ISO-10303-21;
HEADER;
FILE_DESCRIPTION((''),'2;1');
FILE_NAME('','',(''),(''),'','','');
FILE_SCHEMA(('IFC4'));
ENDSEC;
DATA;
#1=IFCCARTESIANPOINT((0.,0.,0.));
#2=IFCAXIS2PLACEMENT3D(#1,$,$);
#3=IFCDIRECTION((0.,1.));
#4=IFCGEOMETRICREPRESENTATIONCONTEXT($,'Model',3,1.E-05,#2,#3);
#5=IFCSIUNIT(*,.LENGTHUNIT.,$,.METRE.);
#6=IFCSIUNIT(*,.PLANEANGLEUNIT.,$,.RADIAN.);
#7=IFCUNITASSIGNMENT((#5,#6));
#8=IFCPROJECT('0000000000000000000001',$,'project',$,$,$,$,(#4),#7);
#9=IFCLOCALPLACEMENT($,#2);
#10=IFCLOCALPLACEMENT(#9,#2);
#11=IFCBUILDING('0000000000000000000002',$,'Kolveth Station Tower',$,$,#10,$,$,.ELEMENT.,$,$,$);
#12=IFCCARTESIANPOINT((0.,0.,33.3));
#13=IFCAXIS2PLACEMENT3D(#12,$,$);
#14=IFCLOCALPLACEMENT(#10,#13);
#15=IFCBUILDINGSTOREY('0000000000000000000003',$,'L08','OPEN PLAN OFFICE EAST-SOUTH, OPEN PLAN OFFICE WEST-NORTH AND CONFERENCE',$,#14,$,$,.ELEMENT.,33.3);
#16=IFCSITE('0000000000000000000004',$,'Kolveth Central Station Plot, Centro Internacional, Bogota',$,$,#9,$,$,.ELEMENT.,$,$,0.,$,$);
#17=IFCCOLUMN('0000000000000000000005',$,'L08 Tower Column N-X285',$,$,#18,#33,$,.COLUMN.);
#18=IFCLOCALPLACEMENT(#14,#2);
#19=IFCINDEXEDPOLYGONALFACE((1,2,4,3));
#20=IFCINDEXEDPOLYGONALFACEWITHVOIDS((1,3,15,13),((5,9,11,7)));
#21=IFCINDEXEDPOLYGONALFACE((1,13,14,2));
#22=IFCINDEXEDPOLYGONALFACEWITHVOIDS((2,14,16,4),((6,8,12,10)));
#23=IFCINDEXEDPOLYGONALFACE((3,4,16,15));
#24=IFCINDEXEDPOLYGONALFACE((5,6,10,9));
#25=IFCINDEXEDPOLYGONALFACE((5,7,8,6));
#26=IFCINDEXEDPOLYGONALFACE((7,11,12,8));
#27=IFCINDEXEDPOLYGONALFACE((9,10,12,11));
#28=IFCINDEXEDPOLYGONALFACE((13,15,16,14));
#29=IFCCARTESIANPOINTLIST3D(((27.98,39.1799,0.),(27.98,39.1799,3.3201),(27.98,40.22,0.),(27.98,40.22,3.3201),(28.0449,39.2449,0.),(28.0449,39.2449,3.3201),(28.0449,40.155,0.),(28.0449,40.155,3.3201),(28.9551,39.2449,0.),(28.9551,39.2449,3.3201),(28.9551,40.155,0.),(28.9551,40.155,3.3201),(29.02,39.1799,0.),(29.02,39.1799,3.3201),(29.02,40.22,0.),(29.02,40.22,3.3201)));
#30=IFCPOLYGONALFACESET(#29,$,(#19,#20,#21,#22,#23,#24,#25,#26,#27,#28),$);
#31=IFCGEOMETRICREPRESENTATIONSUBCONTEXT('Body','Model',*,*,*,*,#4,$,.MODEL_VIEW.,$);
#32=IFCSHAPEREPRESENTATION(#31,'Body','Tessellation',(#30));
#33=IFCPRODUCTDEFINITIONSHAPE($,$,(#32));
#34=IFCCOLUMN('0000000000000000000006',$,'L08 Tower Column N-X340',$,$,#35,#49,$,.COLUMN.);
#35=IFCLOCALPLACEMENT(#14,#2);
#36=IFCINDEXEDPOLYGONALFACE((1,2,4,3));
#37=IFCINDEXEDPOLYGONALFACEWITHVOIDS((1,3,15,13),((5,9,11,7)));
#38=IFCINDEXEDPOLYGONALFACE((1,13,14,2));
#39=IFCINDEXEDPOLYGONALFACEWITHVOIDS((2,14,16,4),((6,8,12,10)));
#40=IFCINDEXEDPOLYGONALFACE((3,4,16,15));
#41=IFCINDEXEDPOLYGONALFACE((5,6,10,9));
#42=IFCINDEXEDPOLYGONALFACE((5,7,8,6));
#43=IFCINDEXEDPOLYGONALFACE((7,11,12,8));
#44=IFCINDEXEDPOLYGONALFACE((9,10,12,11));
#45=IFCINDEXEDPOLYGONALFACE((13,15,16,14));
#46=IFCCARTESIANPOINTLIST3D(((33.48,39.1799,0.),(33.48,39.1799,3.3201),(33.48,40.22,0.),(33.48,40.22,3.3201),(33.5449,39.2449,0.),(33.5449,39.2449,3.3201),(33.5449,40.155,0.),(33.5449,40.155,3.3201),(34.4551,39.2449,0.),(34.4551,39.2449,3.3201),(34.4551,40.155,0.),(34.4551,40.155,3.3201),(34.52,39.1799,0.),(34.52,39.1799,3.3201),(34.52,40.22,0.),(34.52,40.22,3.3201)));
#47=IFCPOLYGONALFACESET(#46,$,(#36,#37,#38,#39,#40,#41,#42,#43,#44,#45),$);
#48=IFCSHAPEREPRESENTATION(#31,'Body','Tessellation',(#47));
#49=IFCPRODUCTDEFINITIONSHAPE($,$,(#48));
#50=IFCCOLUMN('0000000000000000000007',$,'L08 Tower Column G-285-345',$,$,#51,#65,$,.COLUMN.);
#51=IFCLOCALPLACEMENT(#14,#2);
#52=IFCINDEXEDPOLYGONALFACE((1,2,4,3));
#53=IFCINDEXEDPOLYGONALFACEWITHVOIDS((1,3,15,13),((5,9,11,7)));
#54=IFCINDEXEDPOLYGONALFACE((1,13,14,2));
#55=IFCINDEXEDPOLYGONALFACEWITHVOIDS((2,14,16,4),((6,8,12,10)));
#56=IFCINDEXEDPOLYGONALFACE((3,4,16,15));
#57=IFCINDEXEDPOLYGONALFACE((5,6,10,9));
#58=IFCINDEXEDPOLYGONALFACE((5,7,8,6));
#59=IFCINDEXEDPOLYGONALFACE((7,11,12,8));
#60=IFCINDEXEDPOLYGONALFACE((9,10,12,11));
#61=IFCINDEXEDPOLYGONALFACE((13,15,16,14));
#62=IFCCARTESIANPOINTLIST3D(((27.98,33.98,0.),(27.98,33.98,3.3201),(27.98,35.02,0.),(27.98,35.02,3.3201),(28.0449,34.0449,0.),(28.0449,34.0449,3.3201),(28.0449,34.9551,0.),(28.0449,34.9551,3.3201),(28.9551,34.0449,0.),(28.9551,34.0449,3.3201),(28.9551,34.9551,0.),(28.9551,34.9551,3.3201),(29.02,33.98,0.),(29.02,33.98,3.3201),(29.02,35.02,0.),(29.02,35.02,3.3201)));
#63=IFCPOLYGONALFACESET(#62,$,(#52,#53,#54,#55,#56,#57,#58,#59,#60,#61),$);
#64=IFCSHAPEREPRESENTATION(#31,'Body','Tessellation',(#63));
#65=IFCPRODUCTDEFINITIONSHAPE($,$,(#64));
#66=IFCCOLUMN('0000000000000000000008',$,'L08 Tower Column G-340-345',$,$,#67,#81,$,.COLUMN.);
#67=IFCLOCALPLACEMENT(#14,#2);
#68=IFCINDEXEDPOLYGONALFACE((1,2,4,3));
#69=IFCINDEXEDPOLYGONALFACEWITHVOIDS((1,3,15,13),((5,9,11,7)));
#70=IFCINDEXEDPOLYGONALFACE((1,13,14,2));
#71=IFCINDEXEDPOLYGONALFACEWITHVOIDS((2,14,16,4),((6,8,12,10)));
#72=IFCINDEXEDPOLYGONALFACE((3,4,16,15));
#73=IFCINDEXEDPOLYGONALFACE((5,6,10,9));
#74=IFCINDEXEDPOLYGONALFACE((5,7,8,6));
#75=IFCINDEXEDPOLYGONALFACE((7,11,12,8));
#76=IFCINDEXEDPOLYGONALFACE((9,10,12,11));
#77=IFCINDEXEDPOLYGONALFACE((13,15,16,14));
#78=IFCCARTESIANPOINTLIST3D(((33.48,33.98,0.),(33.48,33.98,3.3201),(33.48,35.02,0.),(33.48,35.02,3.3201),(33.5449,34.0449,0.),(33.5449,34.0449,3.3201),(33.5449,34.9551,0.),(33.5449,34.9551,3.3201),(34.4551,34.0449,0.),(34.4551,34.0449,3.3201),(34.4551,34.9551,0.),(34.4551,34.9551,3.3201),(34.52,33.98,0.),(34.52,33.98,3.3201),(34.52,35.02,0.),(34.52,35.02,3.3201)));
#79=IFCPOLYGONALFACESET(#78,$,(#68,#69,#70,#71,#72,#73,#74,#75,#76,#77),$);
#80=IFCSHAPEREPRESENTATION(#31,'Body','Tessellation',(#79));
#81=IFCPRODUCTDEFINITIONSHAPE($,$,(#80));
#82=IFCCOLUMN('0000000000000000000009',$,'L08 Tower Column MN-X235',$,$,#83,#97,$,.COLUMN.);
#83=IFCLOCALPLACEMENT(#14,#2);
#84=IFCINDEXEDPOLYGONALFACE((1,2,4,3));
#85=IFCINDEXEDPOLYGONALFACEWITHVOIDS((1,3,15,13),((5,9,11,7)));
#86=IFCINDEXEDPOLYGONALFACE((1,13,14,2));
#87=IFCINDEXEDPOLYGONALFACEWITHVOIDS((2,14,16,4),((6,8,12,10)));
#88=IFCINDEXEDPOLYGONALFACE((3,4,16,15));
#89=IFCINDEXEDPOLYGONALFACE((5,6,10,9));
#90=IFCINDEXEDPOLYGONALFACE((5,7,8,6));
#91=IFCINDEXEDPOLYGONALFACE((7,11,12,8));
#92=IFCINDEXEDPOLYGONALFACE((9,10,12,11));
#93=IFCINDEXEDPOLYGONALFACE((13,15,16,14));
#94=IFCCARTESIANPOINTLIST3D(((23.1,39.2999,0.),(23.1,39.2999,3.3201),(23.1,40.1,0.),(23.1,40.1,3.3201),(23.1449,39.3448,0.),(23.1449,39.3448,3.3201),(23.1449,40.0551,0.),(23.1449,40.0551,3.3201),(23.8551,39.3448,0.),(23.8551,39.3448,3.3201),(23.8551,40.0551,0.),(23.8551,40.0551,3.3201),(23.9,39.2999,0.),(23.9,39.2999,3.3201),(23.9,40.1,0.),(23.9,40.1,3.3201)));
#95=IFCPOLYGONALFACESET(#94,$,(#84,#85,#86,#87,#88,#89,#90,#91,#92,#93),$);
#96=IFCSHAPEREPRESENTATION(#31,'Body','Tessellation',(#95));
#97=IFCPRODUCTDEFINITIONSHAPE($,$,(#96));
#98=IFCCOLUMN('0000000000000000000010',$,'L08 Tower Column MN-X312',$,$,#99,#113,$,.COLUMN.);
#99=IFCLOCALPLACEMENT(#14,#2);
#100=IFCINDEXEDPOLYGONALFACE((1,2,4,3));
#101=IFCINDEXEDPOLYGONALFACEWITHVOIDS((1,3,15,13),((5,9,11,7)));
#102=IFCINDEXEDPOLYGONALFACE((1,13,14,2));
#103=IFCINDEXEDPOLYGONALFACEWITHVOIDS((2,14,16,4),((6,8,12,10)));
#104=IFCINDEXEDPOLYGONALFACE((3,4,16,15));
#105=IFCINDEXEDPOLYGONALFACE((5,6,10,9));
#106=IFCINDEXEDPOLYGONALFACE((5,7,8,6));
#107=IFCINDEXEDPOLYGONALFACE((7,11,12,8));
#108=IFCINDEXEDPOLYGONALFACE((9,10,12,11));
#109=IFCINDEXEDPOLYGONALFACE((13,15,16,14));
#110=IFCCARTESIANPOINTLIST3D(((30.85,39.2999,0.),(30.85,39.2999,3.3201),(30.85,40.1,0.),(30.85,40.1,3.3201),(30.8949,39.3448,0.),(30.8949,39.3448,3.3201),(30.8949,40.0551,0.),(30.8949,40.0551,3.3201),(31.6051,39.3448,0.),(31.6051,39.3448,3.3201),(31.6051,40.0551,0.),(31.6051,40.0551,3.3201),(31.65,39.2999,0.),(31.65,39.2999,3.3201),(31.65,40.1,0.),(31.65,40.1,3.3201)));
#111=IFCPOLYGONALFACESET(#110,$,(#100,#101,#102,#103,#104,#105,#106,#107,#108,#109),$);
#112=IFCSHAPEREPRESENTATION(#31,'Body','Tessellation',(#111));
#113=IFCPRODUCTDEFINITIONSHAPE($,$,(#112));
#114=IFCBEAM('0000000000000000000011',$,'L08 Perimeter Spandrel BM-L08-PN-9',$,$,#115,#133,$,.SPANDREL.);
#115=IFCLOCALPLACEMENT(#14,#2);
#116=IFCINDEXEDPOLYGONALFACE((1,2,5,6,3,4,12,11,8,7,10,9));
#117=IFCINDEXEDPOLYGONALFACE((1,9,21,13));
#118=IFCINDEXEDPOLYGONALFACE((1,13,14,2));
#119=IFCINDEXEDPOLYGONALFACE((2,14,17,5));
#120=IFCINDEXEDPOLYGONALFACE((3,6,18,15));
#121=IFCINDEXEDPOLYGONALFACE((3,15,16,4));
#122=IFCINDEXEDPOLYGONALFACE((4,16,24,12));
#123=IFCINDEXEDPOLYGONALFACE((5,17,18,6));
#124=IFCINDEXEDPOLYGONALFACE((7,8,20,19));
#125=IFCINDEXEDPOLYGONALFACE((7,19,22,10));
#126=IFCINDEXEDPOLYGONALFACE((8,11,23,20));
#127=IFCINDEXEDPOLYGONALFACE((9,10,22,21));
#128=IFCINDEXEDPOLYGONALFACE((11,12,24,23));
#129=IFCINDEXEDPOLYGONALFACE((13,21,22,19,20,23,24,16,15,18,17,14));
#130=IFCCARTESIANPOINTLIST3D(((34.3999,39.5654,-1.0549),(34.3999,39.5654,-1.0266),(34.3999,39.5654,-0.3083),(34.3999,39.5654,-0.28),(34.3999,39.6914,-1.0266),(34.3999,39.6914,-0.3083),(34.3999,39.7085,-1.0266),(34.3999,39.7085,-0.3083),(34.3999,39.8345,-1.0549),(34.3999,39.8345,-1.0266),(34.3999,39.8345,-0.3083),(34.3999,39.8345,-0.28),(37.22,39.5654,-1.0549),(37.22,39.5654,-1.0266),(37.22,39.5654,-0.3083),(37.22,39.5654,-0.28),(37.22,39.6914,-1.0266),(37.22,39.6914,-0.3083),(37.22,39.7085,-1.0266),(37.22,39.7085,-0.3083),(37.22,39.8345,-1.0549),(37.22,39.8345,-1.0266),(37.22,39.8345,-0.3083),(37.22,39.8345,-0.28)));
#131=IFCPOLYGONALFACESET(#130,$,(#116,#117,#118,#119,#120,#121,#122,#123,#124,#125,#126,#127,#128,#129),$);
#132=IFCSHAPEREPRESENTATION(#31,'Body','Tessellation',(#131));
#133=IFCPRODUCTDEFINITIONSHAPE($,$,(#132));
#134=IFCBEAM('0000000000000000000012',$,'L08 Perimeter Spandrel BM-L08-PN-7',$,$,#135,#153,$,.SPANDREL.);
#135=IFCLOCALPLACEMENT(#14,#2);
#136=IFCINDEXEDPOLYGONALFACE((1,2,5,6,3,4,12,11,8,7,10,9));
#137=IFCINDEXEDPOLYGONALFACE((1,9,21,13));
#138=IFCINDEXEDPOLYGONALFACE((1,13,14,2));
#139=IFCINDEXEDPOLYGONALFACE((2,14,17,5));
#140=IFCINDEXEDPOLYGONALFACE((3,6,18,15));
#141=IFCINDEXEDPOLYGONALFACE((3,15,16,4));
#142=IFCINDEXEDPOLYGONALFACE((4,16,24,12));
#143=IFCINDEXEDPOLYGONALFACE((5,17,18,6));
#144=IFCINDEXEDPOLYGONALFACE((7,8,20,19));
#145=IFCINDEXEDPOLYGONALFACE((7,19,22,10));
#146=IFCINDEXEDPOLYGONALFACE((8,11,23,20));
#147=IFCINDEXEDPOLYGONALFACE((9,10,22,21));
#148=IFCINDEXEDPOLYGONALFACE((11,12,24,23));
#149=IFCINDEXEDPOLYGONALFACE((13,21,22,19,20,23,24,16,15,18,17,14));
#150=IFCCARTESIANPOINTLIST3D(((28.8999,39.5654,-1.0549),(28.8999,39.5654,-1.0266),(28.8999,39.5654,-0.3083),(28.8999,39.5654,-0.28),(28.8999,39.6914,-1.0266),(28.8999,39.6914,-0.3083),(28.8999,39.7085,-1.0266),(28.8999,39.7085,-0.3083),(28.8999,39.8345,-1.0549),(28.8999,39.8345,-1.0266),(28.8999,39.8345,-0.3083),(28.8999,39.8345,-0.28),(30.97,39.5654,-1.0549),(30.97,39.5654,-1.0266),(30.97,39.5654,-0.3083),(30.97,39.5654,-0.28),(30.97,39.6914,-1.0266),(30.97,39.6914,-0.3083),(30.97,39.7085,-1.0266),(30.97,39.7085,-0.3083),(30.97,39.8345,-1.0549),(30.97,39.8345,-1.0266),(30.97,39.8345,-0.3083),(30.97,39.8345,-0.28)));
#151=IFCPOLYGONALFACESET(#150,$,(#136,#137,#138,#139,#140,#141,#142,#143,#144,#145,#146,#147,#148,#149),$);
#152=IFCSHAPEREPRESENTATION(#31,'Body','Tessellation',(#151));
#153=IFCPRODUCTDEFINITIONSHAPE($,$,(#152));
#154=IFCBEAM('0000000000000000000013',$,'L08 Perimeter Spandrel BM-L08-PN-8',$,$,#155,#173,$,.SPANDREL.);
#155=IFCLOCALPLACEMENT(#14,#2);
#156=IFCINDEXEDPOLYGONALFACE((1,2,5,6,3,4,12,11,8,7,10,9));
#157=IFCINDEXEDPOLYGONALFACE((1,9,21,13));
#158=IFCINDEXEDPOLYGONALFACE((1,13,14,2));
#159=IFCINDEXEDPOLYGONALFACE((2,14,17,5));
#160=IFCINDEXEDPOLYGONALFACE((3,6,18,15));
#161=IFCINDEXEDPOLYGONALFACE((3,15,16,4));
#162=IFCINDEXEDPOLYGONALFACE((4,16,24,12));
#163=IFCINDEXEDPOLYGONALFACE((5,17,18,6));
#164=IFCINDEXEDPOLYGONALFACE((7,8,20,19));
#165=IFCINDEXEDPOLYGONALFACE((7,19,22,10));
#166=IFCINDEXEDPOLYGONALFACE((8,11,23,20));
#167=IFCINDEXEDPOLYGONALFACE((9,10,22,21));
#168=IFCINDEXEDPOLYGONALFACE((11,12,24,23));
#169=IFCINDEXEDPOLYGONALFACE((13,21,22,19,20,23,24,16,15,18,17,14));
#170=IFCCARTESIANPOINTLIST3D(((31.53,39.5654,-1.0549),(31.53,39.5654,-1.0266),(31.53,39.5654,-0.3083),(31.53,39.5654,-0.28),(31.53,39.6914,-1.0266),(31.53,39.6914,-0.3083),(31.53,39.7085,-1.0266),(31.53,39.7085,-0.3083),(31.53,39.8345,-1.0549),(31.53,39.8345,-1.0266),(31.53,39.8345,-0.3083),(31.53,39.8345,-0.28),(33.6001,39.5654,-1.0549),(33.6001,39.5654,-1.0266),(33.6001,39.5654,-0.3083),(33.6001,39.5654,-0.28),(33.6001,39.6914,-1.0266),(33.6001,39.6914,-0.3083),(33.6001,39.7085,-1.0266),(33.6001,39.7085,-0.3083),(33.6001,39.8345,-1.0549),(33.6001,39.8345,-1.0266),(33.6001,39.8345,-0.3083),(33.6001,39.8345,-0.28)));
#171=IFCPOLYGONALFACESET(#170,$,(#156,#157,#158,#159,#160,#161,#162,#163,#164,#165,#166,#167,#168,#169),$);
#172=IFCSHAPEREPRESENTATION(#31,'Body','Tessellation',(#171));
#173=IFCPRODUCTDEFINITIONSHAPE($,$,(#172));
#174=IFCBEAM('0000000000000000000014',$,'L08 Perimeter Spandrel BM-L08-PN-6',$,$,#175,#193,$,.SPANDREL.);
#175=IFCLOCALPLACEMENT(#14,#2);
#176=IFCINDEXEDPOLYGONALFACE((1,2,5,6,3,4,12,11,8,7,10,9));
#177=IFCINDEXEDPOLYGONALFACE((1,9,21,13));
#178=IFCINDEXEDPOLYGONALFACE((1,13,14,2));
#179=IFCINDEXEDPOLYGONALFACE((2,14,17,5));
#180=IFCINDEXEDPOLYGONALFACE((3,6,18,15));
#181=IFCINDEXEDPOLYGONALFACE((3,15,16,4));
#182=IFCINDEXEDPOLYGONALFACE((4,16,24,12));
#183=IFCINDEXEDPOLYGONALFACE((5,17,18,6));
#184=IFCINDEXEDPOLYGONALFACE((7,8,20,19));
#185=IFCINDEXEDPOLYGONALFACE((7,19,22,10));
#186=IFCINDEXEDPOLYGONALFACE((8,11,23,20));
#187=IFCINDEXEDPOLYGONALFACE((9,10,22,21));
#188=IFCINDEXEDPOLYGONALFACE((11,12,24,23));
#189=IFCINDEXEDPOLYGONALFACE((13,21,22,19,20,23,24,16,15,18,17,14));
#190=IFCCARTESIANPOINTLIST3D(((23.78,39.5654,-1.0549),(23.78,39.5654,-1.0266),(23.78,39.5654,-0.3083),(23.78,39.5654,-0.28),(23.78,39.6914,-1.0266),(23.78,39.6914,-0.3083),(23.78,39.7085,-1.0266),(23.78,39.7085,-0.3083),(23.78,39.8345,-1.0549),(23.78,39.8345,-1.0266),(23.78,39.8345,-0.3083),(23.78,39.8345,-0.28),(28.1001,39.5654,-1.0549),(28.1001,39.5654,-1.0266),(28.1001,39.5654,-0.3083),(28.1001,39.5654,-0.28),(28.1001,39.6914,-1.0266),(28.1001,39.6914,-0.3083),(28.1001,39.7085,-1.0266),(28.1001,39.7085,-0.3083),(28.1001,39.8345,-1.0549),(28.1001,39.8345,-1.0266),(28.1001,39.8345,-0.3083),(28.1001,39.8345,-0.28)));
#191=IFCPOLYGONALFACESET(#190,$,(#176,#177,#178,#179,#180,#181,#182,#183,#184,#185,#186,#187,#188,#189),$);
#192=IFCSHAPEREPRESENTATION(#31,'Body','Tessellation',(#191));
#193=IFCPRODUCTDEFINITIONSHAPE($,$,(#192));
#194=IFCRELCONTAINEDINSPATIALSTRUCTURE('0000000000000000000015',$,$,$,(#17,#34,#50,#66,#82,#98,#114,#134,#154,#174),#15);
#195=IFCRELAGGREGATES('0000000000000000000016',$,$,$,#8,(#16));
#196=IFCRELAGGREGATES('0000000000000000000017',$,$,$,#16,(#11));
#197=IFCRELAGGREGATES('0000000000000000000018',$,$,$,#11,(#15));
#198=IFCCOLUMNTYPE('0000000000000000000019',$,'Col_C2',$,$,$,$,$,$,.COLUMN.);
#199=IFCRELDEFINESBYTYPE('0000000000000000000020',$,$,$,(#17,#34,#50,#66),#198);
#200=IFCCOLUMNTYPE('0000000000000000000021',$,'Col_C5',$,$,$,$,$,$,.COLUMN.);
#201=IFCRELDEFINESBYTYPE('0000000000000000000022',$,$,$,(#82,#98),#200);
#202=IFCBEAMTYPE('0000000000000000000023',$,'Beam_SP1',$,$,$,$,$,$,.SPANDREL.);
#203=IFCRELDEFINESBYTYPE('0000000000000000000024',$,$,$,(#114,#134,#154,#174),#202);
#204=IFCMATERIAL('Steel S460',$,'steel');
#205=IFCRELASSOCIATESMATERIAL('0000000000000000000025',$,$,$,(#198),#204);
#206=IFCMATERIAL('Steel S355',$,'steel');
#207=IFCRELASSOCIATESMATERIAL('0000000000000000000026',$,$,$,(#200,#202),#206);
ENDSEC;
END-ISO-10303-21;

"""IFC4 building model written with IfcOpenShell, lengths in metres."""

from ifc_helpers import new_model, si_unit, direction, frame, origin, origin_2d, place, context, subcontext, project, spatial, hollow_rectangle, i_section, extrude, source, transform, mapped, material, material_profile, profile_set, type_object, element, save


model = new_model("IFC4")

# Units and contexts
model_context = context("Model", 3, precision=1e-05, world=origin(), true_north=direction((0.0, 1.0)))
body_context = subcontext(model_context, "Body", "Model", "MODEL_VIEW")
ifc_project = project(units=[si_unit("LENGTHUNIT", "METRE"), si_unit("PLANEANGLEUNIT", "RADIAN")], contexts=[model_context])

# Site, building, storey
site_placement = place(None, origin())
site = spatial("IfcSite", under=ifc_project, at=site_placement, Name="Kolveth Central Station Plot, Centro Internacional, Bogota", CompositionType="ELEMENT", RefElevation=0.0)
building_placement = place(site_placement, origin())
building = spatial("IfcBuilding", under=site, at=building_placement, Name="Kolveth Station Tower", CompositionType="ELEMENT")
storey_placement = place(building_placement, frame((0.0, 0.0, 33.3)))
storey = spatial("IfcBuildingStorey", under=building, at=storey_placement, Name="L08", Description="OPEN PLAN OFFICE EAST-SOUTH, OPEN PLAN OFFICE WEST-NORTH AND CONFERENCE", CompositionType="ELEMENT", Elevation=33.3)

# Columns
ifc_material_1 = material(Name="Steel S460", Category="steel")
ifc_material_profile_1 = material_profile(ifc_material_1, hollow_rectangle(XDim=1.04, YDim=1.04, WallThickness=0.0649, at=origin_2d()), Name="BOX1040x1040x65")
ifc_profile_set_1 = profile_set([ifc_material_profile_1], Name="Steel S460")
column_type_1 = type_object("IfcColumnType", Name="Col_C2", PredefinedType="COLUMN", material=ifc_profile_set_1)
shared_shape_1 = source(origin(), body_context, "Body", "SweptSolid", [
    extrude(hollow_rectangle(XDim=1.04, YDim=1.04, WallThickness=0.0649, at=origin_2d()), origin(), (0.0, 0.0, 1.0), 3.3201),
])
for number, where, z_axis, x_axis, name in (
    (1, (28.5, 39.7, 0.0), (0.0, 0.0, 1.0), (1.0, 0.0, 0.0), "L08 Tower Column N-X285"),
    (2, (34.0, 39.7, 0.0), (0.0, 0.0, 1.0), (1.0, 0.0, 0.0), "L08 Tower Column N-X340"),
    (3, (28.5, 34.5, 0.0), (0.0, 0.0, 1.0), (1.0, 0.0, 0.0), "L08 Tower Column G-285-345"),
    (4, (34.0, 34.5, 0.0), (0.0, 0.0, 1.0), (1.0, 0.0, 0.0), "L08 Tower Column G-340-345"),
):
    element("IfcColumn", number, at=place(storey_placement, frame(where, z_axis=z_axis, x_axis=x_axis)), inside=storey, type_object=column_type_1, Name=name, PredefinedType="COLUMN", context=body_context, shape_type="MappedRepresentation", body=[
        mapped(shared_shape_1, transform((0.0, 0.0, 0.0), x_axis=(1.0, 0.0, 0.0), y_axis=(0.0, 1.0, 0.0), z_axis=(0.0, 0.0, 1.0), scale=1.0)),
    ])
ifc_material_2 = material(Name="Steel S355", Category="steel")
ifc_material_profile_2 = material_profile(ifc_material_2, hollow_rectangle(XDim=0.8, YDim=0.8, WallThickness=0.0449, at=origin_2d()), Name="BOX800x800x45")
ifc_profile_set_2 = profile_set([ifc_material_profile_2], Name="Steel S355")
column_type_2 = type_object("IfcColumnType", Name="Col_C5", PredefinedType="COLUMN", material=ifc_profile_set_2)
shared_shape_2 = source(origin(), body_context, "Body", "SweptSolid", [
    extrude(hollow_rectangle(XDim=0.8, YDim=0.8, WallThickness=0.0449, at=origin_2d()), origin(), (0.0, 0.0, 1.0), 3.3201),
])
for number, where, z_axis, x_axis, name in (
    (5, (23.5, 39.7, 0.0), (0.0, 0.0, 1.0), (1.0, 0.0, 0.0), "L08 Tower Column MN-X235"),
    (6, (31.25, 39.7, 0.0), (0.0, 0.0, 1.0), (1.0, 0.0, 0.0), "L08 Tower Column MN-X312"),
):
    element("IfcColumn", number, at=place(storey_placement, frame(where, z_axis=z_axis, x_axis=x_axis)), inside=storey, type_object=column_type_2, Name=name, PredefinedType="COLUMN", context=body_context, shape_type="MappedRepresentation", body=[
        mapped(shared_shape_2, transform((0.0, 0.0, 0.0), x_axis=(1.0, 0.0, 0.0), y_axis=(0.0, 1.0, 0.0), z_axis=(0.0, 0.0, 1.0), scale=1.0)),
    ])

# Beams
ifc_material_profile_3 = material_profile(ifc_material_2, i_section(OverallWidth=0.269, OverallDepth=0.7749, WebThickness=0.0171, FlangeThickness=0.0283, at=origin_2d()), Name="W760x220")
ifc_profile_set_3 = profile_set([ifc_material_profile_3], Name="Steel S355")
beam_type_1 = type_object("IfcBeamType", Name="Beam_SP1", PredefinedType="SPANDREL", material=ifc_profile_set_3)
shared_shape_3 = source(origin(), body_context, "Body", "SweptSolid", [
    extrude(i_section(OverallWidth=0.269, OverallDepth=0.7749, WebThickness=0.0171, FlangeThickness=0.0283, at=origin_2d()), origin(), (0.0, 0.0, 1.0), 2.8201),
])
beam_1_placement = place(storey_placement, frame((34.3999, 39.7, -0.6675), z_axis=(1.0, 0.0, 0.0), x_axis=(0.0, 1.0, 0.0)))
element("IfcBeam", 7, at=beam_1_placement, inside=storey, type_object=beam_type_1, Name="L08 Perimeter Spandrel BM-L08-PN-9", PredefinedType="SPANDREL", context=body_context, shape_type="MappedRepresentation", body=[
    mapped(shared_shape_3, transform((0.0, 0.0, 0.0), x_axis=(1.0, 0.0, 0.0), y_axis=(0.0, 1.0, 0.0), z_axis=(0.0, 0.0, 1.0), scale=1.0)),
])
shared_shape_4 = source(origin(), body_context, "Body", "SweptSolid", [
    extrude(i_section(OverallWidth=0.269, OverallDepth=0.7749, WebThickness=0.0171, FlangeThickness=0.0283, at=origin_2d()), origin(), (0.0, 0.0, 1.0), 2.0701),
])
for number, where, z_axis, x_axis, name in (
    (8, (28.8999, 39.7, -0.6675), (1.0, 0.0, 0.0), (0.0, 1.0, 0.0), "L08 Perimeter Spandrel BM-L08-PN-7"),
    (9, (31.53, 39.7, -0.6675), (1.0, 0.0, 0.0), (0.0, 1.0, 0.0), "L08 Perimeter Spandrel BM-L08-PN-8"),
):
    element("IfcBeam", number, at=place(storey_placement, frame(where, z_axis=z_axis, x_axis=x_axis)), inside=storey, type_object=beam_type_1, Name=name, PredefinedType="SPANDREL", context=body_context, shape_type="MappedRepresentation", body=[
        mapped(shared_shape_4, transform((0.0, 0.0, 0.0), x_axis=(1.0, 0.0, 0.0), y_axis=(0.0, 1.0, 0.0), z_axis=(0.0, 0.0, 1.0), scale=1.0)),
    ])
shared_shape_5 = source(origin(), body_context, "Body", "SweptSolid", [
    extrude(i_section(OverallWidth=0.269, OverallDepth=0.7749, WebThickness=0.0171, FlangeThickness=0.0283, at=origin_2d()), origin(), (0.0, 0.0, 1.0), 4.3201),
])
beam_2_placement = place(storey_placement, frame((23.78, 39.7, -0.6675), z_axis=(1.0, 0.0, 0.0), x_axis=(0.0, 1.0, 0.0)))
element("IfcBeam", 10, at=beam_2_placement, inside=storey, type_object=beam_type_1, Name="L08 Perimeter Spandrel BM-L08-PN-6", PredefinedType="SPANDREL", context=body_context, shape_type="MappedRepresentation", body=[
    mapped(shared_shape_5, transform((0.0, 0.0, 0.0), x_axis=(1.0, 0.0, 0.0), y_axis=(0.0, 1.0, 0.0), z_axis=(0.0, 0.0, 1.0), scale=1.0)),
])

save(model, "model.ifc")
